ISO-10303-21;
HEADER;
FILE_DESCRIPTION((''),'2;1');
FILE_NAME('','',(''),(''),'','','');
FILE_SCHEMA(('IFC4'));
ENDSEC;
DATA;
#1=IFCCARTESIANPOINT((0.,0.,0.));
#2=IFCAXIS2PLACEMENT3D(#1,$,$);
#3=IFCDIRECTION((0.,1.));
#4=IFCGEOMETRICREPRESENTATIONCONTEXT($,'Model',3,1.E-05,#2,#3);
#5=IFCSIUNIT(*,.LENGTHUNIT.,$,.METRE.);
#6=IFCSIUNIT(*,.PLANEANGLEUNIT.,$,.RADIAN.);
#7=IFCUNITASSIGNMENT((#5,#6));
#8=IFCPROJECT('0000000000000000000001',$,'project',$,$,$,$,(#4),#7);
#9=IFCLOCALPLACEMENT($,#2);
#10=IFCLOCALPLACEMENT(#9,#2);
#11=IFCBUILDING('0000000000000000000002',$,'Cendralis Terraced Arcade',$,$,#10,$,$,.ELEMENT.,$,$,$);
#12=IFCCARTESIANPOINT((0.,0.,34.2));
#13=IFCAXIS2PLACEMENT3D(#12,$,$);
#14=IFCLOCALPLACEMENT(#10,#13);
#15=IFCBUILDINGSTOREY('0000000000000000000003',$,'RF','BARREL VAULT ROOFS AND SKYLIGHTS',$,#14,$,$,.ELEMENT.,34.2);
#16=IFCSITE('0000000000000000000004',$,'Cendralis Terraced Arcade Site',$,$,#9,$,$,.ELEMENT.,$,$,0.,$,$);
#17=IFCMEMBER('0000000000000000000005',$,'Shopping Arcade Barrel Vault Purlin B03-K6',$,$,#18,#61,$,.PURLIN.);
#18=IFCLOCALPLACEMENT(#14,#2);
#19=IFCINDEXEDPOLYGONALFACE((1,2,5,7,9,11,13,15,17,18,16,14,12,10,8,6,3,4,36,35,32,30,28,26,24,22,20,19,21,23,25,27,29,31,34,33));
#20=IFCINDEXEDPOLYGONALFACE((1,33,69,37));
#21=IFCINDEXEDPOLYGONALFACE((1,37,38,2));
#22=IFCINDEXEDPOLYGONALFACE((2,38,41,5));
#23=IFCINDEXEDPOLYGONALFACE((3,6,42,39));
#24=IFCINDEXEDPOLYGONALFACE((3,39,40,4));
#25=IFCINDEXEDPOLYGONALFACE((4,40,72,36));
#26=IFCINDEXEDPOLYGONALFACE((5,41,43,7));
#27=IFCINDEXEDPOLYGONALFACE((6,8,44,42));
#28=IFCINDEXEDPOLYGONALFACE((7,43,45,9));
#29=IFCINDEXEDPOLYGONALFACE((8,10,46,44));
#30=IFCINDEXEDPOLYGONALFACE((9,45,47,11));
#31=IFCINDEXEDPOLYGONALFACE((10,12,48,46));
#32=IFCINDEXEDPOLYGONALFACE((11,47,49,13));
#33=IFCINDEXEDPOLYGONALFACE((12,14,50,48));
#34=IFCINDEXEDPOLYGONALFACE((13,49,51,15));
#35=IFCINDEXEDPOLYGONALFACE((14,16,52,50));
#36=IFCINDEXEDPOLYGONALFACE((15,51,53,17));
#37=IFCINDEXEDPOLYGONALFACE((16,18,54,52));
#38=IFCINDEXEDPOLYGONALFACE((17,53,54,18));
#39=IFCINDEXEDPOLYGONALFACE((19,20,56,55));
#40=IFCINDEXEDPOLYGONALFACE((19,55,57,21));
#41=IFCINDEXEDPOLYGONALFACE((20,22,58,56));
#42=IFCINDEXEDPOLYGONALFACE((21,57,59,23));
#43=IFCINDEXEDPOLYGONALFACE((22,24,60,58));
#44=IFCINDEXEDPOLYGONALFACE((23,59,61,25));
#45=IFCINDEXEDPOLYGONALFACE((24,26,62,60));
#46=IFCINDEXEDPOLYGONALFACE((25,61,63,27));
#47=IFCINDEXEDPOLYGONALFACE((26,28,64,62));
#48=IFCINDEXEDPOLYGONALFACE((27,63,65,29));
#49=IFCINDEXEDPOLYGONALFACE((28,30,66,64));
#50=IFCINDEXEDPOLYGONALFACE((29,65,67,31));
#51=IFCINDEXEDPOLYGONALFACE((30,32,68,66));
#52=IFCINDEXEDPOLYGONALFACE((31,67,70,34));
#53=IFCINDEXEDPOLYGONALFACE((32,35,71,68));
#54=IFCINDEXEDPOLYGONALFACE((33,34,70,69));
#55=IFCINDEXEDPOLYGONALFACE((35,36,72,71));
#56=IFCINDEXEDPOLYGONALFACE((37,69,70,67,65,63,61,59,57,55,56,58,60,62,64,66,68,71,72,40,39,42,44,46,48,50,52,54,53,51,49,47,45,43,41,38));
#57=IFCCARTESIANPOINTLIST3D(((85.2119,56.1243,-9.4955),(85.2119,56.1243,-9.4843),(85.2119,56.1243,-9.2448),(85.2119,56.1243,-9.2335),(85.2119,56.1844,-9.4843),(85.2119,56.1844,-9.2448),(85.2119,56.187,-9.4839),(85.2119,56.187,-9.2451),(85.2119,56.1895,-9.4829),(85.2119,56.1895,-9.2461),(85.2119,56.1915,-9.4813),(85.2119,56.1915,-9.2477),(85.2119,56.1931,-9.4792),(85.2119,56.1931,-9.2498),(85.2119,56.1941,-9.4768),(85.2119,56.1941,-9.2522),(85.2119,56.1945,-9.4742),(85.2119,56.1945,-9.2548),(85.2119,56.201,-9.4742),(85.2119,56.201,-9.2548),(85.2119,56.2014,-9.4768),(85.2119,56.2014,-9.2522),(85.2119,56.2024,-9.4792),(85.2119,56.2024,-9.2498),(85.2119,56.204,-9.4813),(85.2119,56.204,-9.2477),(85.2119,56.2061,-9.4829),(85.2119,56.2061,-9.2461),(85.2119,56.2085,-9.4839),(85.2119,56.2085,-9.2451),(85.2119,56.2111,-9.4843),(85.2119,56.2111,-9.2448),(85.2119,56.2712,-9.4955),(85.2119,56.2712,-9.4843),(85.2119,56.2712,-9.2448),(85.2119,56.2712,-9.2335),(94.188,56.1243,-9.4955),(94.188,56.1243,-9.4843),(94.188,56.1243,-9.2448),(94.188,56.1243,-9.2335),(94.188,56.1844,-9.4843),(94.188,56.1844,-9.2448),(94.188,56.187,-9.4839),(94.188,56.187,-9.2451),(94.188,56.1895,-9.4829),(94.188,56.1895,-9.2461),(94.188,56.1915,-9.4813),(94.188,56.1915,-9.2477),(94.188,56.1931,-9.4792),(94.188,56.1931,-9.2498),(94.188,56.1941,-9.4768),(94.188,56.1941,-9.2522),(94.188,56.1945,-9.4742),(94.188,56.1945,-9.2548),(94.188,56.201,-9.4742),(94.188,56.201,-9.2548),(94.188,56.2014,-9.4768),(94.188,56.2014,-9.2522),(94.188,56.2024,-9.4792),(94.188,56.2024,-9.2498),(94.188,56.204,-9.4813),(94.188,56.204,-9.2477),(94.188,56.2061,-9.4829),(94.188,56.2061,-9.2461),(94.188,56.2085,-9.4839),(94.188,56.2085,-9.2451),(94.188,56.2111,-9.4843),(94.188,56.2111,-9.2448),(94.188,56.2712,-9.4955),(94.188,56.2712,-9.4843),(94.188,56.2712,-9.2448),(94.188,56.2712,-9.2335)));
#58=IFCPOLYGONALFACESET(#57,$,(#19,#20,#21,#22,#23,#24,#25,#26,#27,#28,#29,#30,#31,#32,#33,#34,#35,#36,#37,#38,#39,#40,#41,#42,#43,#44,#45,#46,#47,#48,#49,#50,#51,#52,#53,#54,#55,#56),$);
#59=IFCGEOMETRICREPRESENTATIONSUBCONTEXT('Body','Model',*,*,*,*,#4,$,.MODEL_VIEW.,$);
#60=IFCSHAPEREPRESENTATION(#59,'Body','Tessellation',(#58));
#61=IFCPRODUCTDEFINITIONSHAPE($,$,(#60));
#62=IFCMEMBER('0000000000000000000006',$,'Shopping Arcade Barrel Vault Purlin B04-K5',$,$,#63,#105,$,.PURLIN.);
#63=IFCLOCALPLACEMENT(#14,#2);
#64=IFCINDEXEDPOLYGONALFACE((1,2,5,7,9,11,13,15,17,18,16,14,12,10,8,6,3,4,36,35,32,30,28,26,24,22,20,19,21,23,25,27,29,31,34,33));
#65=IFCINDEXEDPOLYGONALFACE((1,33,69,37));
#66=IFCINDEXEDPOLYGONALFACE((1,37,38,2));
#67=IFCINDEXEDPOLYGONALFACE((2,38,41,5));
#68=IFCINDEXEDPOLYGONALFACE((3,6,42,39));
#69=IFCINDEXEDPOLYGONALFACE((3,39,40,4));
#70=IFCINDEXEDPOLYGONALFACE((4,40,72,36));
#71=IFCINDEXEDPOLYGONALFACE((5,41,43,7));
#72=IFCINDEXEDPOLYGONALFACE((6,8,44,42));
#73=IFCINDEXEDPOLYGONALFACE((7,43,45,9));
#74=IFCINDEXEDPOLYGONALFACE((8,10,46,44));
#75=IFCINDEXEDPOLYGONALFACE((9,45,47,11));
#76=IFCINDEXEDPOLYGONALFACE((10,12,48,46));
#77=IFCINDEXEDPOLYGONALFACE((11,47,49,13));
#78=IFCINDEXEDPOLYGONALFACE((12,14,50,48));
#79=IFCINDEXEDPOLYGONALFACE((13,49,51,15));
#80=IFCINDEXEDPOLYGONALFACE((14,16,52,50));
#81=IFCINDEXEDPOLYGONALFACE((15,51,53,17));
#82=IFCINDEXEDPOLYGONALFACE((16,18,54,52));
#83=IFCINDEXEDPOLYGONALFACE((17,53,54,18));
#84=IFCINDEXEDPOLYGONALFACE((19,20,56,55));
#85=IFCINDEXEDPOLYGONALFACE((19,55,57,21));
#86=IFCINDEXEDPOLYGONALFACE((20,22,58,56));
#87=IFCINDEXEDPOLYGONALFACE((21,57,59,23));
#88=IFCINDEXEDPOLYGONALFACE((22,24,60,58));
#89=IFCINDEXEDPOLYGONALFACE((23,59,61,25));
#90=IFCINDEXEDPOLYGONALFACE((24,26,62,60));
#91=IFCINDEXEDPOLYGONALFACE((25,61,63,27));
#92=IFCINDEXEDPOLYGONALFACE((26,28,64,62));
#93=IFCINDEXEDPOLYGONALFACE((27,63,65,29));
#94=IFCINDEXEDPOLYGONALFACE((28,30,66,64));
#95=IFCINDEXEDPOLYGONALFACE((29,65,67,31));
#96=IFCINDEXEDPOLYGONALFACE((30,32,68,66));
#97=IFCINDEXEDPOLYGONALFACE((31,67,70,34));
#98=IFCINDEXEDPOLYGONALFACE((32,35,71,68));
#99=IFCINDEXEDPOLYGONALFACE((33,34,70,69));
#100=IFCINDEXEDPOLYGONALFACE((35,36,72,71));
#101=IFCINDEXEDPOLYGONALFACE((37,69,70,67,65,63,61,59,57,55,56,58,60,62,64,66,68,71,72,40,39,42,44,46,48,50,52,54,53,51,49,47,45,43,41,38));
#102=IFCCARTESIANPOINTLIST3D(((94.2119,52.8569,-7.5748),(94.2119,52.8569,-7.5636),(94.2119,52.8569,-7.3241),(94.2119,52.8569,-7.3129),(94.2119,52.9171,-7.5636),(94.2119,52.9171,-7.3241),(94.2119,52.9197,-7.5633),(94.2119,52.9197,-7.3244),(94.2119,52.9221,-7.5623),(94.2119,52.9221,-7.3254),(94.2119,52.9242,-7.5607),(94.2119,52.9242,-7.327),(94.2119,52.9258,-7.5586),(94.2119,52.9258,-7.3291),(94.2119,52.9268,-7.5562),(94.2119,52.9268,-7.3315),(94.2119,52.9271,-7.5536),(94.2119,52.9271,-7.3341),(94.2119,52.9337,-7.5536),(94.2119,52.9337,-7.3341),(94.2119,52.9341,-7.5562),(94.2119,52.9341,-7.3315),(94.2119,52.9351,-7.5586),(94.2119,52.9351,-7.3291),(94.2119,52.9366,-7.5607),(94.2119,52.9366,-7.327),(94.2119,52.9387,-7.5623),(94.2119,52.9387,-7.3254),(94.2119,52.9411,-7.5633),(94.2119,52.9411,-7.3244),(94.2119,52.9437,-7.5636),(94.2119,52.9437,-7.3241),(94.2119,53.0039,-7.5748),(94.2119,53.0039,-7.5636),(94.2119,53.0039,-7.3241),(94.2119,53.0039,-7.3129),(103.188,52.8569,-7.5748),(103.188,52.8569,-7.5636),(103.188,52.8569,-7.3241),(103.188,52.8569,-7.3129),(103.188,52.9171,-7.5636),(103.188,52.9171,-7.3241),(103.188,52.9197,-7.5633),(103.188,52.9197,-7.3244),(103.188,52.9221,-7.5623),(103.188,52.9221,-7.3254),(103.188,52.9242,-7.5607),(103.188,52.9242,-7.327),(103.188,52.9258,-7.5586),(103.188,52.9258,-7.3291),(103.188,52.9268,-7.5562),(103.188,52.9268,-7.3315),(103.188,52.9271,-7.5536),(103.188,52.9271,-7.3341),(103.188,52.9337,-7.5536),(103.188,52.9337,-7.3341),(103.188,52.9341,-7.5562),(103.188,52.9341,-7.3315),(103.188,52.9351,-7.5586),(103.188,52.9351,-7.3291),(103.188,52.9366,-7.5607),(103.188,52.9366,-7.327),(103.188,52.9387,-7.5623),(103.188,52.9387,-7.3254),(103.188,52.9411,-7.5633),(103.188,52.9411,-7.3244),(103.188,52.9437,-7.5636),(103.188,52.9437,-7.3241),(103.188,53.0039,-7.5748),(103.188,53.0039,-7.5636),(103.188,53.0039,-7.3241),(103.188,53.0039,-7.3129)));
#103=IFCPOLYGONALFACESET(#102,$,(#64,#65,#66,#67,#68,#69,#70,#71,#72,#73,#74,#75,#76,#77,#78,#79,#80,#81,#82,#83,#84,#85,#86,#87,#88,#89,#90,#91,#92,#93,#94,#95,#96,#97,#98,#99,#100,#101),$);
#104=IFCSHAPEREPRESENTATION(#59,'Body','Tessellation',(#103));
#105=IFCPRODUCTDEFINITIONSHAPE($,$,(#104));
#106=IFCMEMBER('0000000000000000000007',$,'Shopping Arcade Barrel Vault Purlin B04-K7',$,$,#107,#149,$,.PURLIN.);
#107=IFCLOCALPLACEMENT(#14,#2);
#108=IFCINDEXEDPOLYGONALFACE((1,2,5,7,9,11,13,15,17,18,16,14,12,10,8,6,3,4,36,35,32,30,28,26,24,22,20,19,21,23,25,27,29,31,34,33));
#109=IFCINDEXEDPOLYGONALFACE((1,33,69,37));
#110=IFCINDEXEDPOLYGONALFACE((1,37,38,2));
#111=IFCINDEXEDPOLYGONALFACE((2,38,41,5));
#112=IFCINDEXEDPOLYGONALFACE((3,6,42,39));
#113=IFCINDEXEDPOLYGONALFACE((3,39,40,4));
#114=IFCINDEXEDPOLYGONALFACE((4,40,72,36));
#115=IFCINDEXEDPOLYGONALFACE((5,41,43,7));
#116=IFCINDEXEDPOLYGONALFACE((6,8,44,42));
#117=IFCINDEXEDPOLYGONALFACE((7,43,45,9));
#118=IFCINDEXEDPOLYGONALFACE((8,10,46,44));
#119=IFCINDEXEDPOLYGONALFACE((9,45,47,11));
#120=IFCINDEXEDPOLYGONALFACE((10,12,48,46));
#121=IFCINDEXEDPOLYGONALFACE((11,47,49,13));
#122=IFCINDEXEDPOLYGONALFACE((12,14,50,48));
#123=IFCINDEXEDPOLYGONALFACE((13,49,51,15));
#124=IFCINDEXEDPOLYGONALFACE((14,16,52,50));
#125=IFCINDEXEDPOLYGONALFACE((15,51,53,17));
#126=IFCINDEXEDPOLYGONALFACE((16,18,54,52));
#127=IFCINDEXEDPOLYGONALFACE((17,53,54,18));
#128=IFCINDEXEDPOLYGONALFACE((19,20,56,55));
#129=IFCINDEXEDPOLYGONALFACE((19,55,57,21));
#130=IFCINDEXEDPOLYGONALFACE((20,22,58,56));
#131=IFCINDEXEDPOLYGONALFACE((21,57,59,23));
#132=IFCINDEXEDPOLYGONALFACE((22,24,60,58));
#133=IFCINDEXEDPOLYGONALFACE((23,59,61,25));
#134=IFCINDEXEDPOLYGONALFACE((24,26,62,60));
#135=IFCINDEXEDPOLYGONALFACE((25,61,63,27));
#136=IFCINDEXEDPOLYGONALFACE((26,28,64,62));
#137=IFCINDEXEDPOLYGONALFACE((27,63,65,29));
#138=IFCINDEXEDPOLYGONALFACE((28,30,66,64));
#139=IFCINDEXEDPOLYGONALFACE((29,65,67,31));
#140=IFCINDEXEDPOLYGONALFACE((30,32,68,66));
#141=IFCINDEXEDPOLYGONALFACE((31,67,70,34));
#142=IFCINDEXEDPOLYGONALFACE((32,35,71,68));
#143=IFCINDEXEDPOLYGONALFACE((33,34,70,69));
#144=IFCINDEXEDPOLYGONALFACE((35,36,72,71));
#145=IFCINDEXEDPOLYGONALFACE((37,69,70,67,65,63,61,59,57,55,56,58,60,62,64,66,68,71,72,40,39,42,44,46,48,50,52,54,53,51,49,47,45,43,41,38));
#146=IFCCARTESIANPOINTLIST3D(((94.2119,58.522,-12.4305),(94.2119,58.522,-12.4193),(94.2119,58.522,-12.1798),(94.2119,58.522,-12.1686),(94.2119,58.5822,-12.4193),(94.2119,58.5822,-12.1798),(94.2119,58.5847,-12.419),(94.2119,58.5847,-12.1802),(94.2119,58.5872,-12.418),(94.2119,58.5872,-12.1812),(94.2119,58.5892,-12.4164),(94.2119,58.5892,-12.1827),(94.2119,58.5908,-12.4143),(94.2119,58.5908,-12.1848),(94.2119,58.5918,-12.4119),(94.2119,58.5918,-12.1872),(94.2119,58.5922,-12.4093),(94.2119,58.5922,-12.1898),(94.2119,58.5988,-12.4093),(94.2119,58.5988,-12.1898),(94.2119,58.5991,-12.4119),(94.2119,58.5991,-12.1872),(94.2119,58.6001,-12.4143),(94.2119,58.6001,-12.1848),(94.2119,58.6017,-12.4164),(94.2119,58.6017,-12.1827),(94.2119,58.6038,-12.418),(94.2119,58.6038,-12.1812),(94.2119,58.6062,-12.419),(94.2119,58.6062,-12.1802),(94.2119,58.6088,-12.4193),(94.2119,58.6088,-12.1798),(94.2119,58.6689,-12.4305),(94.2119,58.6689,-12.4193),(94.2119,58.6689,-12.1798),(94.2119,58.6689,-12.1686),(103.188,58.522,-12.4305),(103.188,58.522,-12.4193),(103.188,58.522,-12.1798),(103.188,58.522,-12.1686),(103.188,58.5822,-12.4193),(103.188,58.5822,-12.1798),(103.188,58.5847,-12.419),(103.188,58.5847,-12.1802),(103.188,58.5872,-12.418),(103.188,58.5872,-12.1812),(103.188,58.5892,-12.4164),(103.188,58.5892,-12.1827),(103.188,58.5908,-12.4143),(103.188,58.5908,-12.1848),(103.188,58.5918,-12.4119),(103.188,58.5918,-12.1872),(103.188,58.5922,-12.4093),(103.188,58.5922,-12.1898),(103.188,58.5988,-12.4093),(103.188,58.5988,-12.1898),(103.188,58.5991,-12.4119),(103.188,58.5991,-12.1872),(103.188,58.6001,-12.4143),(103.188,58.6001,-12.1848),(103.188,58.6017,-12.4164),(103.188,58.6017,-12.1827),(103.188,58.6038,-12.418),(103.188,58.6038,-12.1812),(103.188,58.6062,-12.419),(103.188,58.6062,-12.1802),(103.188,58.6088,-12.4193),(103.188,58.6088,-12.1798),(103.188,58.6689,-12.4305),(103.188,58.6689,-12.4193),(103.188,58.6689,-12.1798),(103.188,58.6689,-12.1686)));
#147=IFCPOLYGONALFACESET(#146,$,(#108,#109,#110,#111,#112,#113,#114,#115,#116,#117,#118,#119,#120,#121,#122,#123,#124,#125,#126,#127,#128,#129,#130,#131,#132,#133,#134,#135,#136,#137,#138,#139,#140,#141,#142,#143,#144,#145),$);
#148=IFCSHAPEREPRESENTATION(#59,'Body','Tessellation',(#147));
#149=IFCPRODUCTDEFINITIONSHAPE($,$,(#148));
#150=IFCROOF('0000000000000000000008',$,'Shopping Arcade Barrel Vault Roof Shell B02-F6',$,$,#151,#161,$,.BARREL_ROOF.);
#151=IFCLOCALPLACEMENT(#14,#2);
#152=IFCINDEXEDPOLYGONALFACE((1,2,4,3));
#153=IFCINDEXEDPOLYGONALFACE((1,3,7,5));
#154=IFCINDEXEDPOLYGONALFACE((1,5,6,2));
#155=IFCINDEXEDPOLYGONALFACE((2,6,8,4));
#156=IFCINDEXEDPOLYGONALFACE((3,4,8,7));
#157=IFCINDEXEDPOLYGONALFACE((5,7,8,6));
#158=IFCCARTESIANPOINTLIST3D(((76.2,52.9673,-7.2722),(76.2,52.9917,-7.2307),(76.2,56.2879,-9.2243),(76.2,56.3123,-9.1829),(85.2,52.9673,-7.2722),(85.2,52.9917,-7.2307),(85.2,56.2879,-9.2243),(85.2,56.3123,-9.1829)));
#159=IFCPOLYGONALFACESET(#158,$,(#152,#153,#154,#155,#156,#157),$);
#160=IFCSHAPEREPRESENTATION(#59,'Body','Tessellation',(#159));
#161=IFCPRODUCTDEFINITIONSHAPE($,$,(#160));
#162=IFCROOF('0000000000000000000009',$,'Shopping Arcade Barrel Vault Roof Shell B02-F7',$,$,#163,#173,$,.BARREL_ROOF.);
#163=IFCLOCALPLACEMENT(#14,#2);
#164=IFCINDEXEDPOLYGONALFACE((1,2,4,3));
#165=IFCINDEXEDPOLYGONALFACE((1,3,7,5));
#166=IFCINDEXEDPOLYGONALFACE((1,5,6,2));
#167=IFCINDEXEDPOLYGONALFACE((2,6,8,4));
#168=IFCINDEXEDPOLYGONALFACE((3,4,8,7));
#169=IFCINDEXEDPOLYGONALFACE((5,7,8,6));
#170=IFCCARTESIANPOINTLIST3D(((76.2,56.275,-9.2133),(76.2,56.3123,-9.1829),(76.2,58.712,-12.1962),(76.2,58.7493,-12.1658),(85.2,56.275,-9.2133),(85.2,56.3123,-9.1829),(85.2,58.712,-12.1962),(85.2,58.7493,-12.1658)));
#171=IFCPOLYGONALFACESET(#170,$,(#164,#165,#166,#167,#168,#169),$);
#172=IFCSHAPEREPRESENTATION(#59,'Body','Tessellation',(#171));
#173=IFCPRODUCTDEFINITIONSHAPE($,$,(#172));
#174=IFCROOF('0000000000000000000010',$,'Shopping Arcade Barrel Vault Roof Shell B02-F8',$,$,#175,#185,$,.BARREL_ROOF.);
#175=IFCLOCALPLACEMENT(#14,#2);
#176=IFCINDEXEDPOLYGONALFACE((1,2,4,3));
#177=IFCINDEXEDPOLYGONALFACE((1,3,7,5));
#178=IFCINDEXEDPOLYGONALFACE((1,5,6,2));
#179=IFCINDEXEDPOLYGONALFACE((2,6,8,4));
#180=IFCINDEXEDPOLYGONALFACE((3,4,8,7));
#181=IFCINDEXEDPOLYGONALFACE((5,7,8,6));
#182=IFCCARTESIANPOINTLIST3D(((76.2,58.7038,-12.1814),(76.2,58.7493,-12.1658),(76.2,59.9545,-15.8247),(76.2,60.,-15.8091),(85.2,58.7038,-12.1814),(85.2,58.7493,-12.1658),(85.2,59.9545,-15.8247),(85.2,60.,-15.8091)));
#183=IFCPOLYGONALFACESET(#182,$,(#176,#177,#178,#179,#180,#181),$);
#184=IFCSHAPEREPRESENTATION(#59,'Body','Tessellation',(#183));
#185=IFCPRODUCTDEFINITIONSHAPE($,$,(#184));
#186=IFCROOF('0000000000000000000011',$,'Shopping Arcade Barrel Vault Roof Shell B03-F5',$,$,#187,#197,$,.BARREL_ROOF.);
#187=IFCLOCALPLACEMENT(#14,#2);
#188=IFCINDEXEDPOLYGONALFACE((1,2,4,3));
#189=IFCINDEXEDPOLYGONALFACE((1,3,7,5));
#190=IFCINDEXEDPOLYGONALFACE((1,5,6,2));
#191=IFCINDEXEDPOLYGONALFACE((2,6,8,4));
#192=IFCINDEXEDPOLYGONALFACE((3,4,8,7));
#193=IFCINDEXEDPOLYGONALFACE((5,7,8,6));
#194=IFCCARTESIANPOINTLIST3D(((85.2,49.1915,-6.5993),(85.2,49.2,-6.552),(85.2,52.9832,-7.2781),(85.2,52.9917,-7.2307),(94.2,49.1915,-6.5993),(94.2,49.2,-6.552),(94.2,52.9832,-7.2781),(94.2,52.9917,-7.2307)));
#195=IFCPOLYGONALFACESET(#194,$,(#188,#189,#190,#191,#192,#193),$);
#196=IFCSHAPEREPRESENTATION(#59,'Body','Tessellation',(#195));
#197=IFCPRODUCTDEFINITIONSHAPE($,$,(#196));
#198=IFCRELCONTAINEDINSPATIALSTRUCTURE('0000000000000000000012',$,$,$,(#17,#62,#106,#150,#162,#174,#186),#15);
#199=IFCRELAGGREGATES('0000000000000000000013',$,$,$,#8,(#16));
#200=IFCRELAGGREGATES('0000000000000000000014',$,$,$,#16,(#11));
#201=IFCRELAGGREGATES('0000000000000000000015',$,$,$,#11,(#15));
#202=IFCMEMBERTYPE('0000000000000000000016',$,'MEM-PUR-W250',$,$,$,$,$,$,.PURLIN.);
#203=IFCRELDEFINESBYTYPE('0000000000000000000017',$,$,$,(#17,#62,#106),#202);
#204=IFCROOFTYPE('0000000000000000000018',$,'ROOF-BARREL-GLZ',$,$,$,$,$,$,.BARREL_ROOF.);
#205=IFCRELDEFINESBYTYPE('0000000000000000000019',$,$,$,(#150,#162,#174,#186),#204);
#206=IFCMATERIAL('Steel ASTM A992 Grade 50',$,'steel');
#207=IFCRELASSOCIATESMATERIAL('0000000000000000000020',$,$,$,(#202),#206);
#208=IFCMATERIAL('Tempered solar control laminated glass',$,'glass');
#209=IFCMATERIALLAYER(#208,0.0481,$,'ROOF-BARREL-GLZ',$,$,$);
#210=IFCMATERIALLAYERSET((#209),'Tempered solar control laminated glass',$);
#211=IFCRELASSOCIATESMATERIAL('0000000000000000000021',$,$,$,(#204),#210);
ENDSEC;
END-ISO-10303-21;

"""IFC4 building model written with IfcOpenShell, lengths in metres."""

from ifc_helpers import new_model, si_unit, direction, frame, origin, origin_2d, place, context, subcontext, project, spatial, polyline, i_section, outline, extrude, material, layer, layer_set, material_profile, profile_set, type_object, element, save


model = new_model("IFC4")

# Units and contexts
model_context = context("Model", 3, precision=1e-05, world=origin(), true_north=direction((0.0, 1.0)))
body_context = subcontext(model_context, "Body", "Model", "MODEL_VIEW")
ifc_project = project(units=[si_unit("LENGTHUNIT", "METRE"), si_unit("PLANEANGLEUNIT", "RADIAN")], contexts=[model_context])

# Site, building, storey
site_placement = place(None, origin())
site = spatial("IfcSite", under=ifc_project, at=site_placement, Name="Cendralis Terraced Arcade Site", CompositionType="ELEMENT", RefElevation=0.0)
building_placement = place(site_placement, origin())
building = spatial("IfcBuilding", under=site, at=building_placement, Name="Cendralis Terraced Arcade", CompositionType="ELEMENT")
storey_placement = place(building_placement, frame((0.0, 0.0, 34.2)))
storey = spatial("IfcBuildingStorey", under=building, at=storey_placement, Name="RF", Description="BARREL VAULT ROOFS AND SKYLIGHTS", CompositionType="ELEMENT", Elevation=34.2)

# Members
ifc_material_1 = material(Name="Steel ASTM A992 Grade 50", Category="steel")
ifc_material_profile_1 = material_profile(ifc_material_1, i_section(OverallWidth=0.147, OverallDepth=0.262, WebThickness=0.0066, FlangeThickness=0.0112, FilletRadius=0.01, at=origin_2d()), Name="W250X38.5", Category="LoadBearing")
ifc_profile_set_1 = profile_set([ifc_material_profile_1], Name="Steel ASTM A992 Grade 50")
member_type_1 = type_object("IfcMemberType", Name="MEM-PUR-W250", PredefinedType="PURLIN", material=ifc_profile_set_1)
for number, where, z_axis, x_axis, name in (
    (1, (85.2119, 56.1978, -9.3645), (1.0, 0.0, 0.0), (0.0, 1.0, 0.0), "Shopping Arcade Barrel Vault Purlin B03-K6"),
    (2, (94.2119, 52.9304, -7.4438), (1.0, 0.0, 0.0), (0.0, 1.0, 0.0), "Shopping Arcade Barrel Vault Purlin B04-K5"),
    (3, (94.2119, 58.5955, -12.2996), (1.0, 0.0, 0.0), (0.0, 1.0, 0.0), "Shopping Arcade Barrel Vault Purlin B04-K7"),
):
    element("IfcMember", number, at=place(storey_placement, frame(where, z_axis=z_axis, x_axis=x_axis)), inside=storey, type_object=member_type_1, Name=name, PredefinedType="PURLIN", context=body_context, shape_type="SweptSolid", body=[
        extrude(i_section(OverallWidth=0.147, OverallDepth=0.262, WebThickness=0.0066, FlangeThickness=0.0112, FilletRadius=0.01, at=origin_2d()), origin(), (0.0, 0.0, 1.0), 8.9761),
    ])

# Roofs
ifc_material_2 = material(Name="Tempered solar control laminated glass", Category="glass")
ifc_layer = layer(ifc_material_2, 0.0481, Name="ROOF-BARREL-GLZ")
ifc_layer_set = layer_set([ifc_layer], Name="Tempered solar control laminated glass")
roof_type = type_object("IfcRoofType", Name="ROOF-BARREL-GLZ", PredefinedType="BARREL_ROOF", material=ifc_layer_set)
roof_1_placement = place(storey_placement, frame((76.2, 52.9917, -7.2307), z_axis=(0.0, 0.506804, 0.862061), x_axis=(1.0, 0.0, 0.0)))
element("IfcRoof", 4, at=roof_1_placement, inside=storey, type_object=roof_type, Name="Shopping Arcade Barrel Vault Roof Shell B02-F6", PredefinedType="BARREL_ROOF", context=body_context, shape_type="SweptSolid", body=[
    extrude(outline(polyline([(0.0, 0.0), (9.0, 0.0), (9.0, 3.8519), (0.0, 3.8519), (0.0, 0.0)])), origin(), (0.0, 0.0, -1.0), 0.0481),
])
roof_2_placement = place(storey_placement, frame((76.2, 56.3123, -9.1829), z_axis=(0.0, 0.774409, 0.632685), x_axis=(1.0, 0.0, 0.0)))
element("IfcRoof", 5, at=roof_2_placement, inside=storey, type_object=roof_type, Name="Shopping Arcade Barrel Vault Roof Shell B02-F7", PredefinedType="BARREL_ROOF", context=body_context, shape_type="SweptSolid", body=[
    extrude(outline(polyline([(0.0, 0.0), (9.0, 0.0), (9.0, 3.8519), (0.0, 3.8519), (0.0, 0.0)])), origin(), (0.0, 0.0, -1.0), 0.0481),
])
roof_3_placement = place(storey_placement, frame((76.2, 58.7493, -12.1658), z_axis=(0.0, 0.945819, 0.324695), x_axis=(1.0, 0.0, 0.0)))
element("IfcRoof", 6, at=roof_3_placement, inside=storey, type_object=roof_type, Name="Shopping Arcade Barrel Vault Roof Shell B02-F8", PredefinedType="BARREL_ROOF", context=body_context, shape_type="SweptSolid", body=[
    extrude(outline(polyline([(0.0, 0.0), (9.0, 0.0), (9.0, 3.852), (0.0, 3.852), (0.0, 0.0)])), origin(), (0.0, 0.0, -1.0), 0.0481),
])
roof_4_placement = place(storey_placement, frame((85.2, 49.2, -6.552), z_axis=(0.0, 0.176196, 0.984355), x_axis=(1.0, 0.0, 0.0)))
element("IfcRoof", 7, at=roof_4_placement, inside=storey, type_object=roof_type, Name="Shopping Arcade Barrel Vault Roof Shell B03-F5", PredefinedType="BARREL_ROOF", context=body_context, shape_type="SweptSolid", body=[
    extrude(outline(polyline([(0.0, 0.0), (9.0, 0.0), (9.0, 3.852), (0.0, 3.852), (0.0, 0.0)])), origin(), (0.0, 0.0, -1.0), 0.0481),
])

save(model, "model.ifc")
